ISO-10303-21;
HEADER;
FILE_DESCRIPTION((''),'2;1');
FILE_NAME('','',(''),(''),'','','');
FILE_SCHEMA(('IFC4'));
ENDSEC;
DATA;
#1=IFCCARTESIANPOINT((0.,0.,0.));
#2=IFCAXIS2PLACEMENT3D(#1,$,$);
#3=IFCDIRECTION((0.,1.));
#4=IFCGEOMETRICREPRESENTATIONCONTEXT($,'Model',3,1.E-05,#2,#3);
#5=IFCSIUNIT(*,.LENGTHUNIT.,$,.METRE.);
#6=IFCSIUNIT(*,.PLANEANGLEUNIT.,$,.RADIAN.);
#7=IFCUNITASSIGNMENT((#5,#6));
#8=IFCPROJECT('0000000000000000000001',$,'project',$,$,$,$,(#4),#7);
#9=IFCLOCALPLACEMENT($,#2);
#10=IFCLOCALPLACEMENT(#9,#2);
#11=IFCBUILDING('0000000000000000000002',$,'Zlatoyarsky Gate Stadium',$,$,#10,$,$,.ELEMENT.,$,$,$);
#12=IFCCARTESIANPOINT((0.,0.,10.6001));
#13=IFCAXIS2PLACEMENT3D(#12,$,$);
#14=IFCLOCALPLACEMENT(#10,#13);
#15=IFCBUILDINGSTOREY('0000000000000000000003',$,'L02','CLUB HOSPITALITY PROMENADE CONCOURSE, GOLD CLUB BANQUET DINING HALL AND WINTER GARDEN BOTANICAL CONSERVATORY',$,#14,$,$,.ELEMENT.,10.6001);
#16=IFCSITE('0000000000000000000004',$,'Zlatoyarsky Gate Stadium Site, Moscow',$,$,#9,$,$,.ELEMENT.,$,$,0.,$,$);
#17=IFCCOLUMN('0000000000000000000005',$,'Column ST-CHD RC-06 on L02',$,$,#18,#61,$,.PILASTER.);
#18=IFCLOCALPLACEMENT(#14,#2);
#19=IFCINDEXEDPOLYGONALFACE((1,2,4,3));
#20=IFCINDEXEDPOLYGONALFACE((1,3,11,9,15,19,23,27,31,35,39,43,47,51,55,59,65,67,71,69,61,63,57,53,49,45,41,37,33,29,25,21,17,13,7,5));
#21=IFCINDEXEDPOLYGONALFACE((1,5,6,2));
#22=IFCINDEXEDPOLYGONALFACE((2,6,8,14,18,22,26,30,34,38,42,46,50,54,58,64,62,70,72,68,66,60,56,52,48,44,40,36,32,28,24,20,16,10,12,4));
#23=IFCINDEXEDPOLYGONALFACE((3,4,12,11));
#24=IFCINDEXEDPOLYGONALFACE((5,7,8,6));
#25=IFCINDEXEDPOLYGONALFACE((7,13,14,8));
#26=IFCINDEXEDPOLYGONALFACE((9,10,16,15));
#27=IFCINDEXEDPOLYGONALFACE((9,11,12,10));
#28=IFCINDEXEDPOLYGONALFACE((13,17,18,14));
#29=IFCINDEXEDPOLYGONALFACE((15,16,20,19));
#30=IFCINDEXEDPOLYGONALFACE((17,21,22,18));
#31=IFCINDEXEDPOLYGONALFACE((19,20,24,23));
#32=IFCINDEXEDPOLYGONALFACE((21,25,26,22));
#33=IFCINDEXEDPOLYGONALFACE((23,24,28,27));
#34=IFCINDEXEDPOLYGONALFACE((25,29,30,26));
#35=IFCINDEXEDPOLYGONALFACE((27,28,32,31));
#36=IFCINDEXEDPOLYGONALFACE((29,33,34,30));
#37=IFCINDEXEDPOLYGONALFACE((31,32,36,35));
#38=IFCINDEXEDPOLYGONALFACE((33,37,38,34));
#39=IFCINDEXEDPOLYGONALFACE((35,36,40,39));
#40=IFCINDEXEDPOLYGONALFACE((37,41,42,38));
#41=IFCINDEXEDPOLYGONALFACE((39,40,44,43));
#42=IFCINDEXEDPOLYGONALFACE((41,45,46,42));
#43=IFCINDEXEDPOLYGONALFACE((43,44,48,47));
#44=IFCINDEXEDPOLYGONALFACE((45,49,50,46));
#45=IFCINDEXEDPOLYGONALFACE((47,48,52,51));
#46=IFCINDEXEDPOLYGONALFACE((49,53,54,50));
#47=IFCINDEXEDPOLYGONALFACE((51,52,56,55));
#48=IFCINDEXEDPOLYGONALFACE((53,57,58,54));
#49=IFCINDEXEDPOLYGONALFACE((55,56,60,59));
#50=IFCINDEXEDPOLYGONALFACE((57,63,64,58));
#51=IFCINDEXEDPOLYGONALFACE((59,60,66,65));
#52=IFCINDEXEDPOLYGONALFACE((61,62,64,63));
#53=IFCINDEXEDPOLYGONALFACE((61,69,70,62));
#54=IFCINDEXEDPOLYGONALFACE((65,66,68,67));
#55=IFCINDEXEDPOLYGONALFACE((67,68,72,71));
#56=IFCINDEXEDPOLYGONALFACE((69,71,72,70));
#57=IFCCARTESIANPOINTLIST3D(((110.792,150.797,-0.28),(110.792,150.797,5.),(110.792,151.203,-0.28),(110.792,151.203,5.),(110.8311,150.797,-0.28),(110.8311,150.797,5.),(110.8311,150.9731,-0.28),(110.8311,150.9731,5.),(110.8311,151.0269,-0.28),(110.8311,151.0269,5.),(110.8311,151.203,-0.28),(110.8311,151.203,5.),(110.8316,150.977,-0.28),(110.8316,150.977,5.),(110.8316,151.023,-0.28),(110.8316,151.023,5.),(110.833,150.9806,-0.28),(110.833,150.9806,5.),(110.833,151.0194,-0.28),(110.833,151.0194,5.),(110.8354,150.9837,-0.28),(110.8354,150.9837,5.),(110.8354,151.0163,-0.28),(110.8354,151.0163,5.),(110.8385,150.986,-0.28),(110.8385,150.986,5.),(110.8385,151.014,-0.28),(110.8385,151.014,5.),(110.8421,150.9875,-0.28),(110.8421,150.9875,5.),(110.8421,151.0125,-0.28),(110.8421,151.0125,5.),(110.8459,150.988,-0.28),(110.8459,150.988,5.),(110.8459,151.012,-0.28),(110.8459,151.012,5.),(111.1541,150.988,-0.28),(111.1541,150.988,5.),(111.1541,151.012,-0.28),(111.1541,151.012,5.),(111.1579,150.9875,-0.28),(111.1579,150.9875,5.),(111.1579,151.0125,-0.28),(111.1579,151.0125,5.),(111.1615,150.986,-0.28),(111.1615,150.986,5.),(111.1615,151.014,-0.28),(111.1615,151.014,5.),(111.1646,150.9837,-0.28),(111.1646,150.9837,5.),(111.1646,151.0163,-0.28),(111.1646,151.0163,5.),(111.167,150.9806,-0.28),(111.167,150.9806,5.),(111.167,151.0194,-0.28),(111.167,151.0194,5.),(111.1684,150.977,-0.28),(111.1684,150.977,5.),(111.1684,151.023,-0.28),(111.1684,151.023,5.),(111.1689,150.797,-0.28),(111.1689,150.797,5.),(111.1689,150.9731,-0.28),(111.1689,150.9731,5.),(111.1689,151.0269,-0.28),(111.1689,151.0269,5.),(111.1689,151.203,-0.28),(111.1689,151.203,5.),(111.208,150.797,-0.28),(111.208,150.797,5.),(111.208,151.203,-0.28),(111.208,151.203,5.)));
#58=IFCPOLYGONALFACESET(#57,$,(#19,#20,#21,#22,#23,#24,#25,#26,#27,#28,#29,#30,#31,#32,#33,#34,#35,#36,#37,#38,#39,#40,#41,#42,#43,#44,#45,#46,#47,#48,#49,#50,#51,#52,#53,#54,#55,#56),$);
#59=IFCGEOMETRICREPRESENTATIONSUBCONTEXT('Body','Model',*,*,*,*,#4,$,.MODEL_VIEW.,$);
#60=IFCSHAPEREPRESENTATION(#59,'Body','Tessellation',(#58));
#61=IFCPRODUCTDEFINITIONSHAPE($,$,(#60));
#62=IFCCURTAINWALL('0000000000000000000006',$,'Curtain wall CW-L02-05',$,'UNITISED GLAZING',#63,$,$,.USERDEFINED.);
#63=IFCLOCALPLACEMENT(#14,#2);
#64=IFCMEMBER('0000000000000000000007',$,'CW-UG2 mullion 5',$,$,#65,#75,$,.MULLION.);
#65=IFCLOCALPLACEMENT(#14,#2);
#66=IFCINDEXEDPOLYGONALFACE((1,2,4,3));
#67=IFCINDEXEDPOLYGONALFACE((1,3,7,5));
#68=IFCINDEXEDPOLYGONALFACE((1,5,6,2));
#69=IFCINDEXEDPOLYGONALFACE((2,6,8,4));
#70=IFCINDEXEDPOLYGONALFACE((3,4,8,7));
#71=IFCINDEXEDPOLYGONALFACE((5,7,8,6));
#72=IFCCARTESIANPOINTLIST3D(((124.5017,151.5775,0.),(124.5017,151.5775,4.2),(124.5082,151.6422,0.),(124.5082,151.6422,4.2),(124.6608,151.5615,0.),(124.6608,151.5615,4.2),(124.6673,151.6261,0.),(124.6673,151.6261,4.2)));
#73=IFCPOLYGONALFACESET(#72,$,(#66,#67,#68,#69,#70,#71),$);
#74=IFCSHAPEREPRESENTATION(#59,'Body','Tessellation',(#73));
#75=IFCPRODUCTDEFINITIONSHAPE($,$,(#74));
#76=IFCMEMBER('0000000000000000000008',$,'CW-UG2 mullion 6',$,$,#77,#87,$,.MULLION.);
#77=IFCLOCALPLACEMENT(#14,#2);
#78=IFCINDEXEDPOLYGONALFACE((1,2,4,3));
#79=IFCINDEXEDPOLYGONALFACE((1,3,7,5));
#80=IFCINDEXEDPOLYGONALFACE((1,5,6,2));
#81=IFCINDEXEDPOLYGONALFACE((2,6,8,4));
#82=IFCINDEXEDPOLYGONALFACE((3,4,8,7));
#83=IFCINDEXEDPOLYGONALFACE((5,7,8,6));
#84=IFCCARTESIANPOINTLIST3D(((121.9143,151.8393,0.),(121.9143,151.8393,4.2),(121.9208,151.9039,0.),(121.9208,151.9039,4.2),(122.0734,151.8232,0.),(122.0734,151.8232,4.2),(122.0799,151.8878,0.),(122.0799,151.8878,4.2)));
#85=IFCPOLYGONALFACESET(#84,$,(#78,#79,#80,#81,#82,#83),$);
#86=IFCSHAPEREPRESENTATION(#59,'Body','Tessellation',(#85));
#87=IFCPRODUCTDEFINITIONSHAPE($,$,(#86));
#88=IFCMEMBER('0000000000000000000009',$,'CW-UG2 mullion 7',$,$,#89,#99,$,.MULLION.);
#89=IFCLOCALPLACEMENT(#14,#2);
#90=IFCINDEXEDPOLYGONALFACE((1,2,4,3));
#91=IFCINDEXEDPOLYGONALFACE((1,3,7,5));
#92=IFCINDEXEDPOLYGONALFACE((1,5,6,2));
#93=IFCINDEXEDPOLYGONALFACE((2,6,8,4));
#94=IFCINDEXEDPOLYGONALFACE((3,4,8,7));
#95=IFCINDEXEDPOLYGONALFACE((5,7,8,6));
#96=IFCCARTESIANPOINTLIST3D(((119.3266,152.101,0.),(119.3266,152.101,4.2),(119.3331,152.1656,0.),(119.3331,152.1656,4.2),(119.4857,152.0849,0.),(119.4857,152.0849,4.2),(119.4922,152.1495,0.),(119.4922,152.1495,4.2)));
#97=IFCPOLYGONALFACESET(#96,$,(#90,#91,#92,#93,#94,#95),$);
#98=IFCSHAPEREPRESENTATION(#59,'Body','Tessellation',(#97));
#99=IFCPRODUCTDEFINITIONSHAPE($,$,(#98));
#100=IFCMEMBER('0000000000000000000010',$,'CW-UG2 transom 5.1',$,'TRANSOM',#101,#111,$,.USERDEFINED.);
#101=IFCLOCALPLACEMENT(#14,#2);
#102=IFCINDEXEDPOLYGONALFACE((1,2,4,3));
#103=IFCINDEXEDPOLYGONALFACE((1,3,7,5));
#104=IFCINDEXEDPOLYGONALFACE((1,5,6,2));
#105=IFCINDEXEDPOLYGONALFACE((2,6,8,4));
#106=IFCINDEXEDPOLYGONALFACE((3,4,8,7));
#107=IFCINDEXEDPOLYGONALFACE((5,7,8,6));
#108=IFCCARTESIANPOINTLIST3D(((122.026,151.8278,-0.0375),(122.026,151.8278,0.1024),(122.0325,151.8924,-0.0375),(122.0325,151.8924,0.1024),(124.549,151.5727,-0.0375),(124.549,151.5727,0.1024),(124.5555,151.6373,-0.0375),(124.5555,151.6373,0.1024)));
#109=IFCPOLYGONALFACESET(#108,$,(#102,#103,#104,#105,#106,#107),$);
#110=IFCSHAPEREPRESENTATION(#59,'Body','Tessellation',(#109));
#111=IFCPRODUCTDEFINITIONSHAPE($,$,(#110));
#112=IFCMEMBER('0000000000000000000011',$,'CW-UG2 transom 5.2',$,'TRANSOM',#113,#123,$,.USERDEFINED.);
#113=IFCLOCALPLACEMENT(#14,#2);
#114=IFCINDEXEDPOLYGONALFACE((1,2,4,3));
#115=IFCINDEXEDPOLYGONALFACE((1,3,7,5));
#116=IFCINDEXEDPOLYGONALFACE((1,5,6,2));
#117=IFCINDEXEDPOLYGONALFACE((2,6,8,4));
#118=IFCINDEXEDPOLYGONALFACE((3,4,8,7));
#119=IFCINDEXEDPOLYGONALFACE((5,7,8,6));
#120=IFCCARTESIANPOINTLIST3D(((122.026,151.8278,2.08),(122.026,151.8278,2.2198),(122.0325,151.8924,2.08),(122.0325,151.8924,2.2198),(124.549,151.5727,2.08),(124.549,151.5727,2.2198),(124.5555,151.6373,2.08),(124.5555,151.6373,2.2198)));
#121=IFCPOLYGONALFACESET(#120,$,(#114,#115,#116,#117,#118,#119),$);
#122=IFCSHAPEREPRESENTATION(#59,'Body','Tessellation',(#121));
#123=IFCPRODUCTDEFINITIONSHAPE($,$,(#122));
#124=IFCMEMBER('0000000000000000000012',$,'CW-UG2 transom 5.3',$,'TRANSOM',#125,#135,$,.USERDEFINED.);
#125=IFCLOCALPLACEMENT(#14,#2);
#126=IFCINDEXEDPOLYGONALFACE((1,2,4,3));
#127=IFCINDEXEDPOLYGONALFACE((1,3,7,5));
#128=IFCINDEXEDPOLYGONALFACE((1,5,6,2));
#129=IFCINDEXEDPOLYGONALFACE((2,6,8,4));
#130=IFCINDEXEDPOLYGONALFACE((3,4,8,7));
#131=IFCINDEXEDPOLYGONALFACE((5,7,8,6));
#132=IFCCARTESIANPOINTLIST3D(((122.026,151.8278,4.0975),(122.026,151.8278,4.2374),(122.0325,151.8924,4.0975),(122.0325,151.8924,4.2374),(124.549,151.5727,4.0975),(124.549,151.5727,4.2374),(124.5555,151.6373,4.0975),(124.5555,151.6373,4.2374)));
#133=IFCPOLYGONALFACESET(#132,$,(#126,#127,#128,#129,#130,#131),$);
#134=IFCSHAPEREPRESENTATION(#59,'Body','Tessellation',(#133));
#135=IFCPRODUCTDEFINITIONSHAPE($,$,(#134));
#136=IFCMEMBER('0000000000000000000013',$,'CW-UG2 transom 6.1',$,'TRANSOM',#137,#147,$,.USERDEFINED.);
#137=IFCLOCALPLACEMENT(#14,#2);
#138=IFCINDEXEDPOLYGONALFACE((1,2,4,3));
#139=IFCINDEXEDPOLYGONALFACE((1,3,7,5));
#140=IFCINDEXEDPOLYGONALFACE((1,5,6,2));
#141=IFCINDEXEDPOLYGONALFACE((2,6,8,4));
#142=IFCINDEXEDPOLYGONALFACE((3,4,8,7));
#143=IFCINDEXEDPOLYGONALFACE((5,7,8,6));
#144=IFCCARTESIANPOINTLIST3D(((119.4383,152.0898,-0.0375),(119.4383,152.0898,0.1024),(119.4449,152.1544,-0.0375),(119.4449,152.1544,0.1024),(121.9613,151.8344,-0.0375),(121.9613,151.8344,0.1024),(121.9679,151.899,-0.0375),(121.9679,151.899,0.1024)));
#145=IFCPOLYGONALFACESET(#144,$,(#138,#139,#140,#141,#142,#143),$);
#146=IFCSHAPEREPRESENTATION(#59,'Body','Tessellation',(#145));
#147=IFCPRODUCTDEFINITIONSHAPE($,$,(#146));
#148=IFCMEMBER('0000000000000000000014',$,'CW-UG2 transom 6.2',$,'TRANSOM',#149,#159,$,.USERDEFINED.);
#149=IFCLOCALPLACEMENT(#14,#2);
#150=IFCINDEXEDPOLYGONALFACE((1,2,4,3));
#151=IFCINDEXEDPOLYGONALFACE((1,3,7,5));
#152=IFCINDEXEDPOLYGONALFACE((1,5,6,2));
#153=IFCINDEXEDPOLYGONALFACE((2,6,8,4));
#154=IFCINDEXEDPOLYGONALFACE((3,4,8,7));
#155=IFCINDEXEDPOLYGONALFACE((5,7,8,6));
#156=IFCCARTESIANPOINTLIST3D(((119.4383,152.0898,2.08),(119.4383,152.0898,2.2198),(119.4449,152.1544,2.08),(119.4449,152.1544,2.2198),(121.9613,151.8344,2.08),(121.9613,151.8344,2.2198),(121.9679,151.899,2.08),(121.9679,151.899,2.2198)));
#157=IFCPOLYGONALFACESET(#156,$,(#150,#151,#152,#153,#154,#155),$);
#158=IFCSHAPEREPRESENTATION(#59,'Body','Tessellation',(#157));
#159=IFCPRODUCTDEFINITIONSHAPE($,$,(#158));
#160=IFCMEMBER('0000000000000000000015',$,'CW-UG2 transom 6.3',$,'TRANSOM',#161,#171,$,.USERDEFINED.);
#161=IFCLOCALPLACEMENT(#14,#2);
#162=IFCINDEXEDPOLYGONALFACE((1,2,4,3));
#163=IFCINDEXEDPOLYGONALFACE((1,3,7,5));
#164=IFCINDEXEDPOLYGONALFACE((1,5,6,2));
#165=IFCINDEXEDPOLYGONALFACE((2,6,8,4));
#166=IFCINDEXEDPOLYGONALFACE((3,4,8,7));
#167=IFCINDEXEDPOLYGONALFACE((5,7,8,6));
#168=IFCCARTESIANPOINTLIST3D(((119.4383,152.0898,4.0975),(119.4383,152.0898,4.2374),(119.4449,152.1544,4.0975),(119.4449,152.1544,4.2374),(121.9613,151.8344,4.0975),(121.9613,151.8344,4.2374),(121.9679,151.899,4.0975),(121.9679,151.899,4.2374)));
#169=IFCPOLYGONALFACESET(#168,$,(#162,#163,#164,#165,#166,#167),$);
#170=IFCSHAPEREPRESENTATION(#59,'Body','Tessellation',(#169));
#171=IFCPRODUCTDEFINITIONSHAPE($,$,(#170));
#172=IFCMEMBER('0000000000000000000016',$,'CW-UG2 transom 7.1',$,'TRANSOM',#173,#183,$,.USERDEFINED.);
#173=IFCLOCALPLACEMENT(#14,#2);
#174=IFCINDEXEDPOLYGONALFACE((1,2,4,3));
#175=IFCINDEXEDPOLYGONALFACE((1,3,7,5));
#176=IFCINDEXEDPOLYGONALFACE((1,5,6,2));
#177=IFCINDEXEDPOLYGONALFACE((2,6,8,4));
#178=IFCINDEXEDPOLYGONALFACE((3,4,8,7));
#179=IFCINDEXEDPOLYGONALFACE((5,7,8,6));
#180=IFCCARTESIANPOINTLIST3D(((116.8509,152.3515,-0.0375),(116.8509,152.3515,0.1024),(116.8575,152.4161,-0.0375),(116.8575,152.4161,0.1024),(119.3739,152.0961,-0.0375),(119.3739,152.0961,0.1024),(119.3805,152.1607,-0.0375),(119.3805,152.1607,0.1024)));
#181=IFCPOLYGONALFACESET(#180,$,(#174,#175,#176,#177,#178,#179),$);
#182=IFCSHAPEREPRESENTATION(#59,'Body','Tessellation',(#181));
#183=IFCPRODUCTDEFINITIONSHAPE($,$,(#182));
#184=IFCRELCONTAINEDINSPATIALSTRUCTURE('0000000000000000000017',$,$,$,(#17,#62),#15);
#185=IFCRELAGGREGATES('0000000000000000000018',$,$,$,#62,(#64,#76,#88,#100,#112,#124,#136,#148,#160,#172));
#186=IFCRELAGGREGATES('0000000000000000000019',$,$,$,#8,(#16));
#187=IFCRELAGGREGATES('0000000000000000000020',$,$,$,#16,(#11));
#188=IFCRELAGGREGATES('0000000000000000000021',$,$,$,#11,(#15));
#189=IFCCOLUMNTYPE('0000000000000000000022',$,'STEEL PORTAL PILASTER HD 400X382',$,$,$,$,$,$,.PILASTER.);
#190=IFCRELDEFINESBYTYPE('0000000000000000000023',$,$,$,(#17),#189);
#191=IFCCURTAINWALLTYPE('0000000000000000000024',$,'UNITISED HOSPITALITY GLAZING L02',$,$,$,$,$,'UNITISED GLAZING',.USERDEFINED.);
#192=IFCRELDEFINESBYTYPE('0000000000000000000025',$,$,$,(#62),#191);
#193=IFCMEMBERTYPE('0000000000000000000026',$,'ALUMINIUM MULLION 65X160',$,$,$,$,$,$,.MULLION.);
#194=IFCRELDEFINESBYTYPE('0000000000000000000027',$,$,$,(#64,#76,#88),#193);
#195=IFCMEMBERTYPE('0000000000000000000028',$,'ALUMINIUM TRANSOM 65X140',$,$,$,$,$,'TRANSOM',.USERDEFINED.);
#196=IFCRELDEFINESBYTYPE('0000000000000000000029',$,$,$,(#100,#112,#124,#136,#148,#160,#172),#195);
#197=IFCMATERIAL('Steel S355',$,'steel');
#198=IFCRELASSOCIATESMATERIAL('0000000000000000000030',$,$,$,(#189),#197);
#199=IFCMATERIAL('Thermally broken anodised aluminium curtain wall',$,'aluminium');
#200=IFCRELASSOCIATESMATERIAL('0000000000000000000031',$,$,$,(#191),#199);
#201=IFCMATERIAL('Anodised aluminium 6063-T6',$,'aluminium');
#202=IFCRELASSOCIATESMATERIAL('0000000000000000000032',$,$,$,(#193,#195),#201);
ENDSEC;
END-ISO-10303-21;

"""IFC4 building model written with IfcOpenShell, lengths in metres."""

from ifc_helpers import new_model, si_unit, direction, frame, origin, origin_2d, place, context, subcontext, project, spatial, rectangle, i_section, extrude, material, material_profile, profile_set, type_object, element, aggregate, save


model = new_model("IFC4")

# Units and contexts
model_context = context("Model", 3, precision=1e-05, world=origin(), true_north=direction((0.0, 1.0)))
body_context = subcontext(model_context, "Body", "Model", "MODEL_VIEW")
ifc_project = project(units=[si_unit("LENGTHUNIT", "METRE"), si_unit("PLANEANGLEUNIT", "RADIAN")], contexts=[model_context])

# Site, building, storey
site_placement = place(None, origin())
site = spatial("IfcSite", under=ifc_project, at=site_placement, Name="Zlatoyarsky Gate Stadium Site, Moscow", CompositionType="ELEMENT", RefElevation=0.0)
building_placement = place(site_placement, origin())
building = spatial("IfcBuilding", under=site, at=building_placement, Name="Zlatoyarsky Gate Stadium", CompositionType="ELEMENT")
storey_placement = place(building_placement, frame((0.0, 0.0, 10.6001)))
storey = spatial("IfcBuildingStorey", under=building, at=storey_placement, Name="L02", Description="CLUB HOSPITALITY PROMENADE CONCOURSE, GOLD CLUB BANQUET DINING HALL AND WINTER GARDEN BOTANICAL CONSERVATORY", CompositionType="ELEMENT", Elevation=10.6001)

# Column
ifc_material_1 = material(Name="Steel S355", Category="steel")
ifc_material_profile_1 = material_profile(ifc_material_1, i_section(OverallWidth=0.406, OverallDepth=0.416, WebThickness=0.0239, FlangeThickness=0.0391, FilletRadius=0.0149, at=origin_2d()), Name="HD 400X382")
ifc_profile_set_1 = profile_set([ifc_material_profile_1], Name="Steel S355")
column_type = type_object("IfcColumnType", Name="STEEL PORTAL PILASTER HD 400X382", PredefinedType="PILASTER", material=ifc_profile_set_1)
column_placement = place(storey_placement, frame((111.0, 151.0, -0.28), z_axis=(0.0, 0.0, 1.0), x_axis=(0.0, 1.0, 0.0)))
element("IfcColumn", 1, at=column_placement, inside=storey, type_object=column_type, Name="Column ST-CHD RC-06 on L02", PredefinedType="PILASTER", context=body_context, shape_type="SweptSolid", body=[
    extrude(i_section(OverallWidth=0.406, OverallDepth=0.416, WebThickness=0.0239, FlangeThickness=0.0391, FilletRadius=0.0149, at=origin_2d()), origin(), (0.0, 0.0, 1.0), 5.28),
])

# Curtain wall, members
ifc_material_2 = material(Name="Thermally broken anodised aluminium curtain wall", Category="aluminium")
curtain_wall_type = type_object("IfcCurtainWallType", Name="UNITISED HOSPITALITY GLAZING L02", ElementType="UNITISED GLAZING", PredefinedType="USERDEFINED", material=ifc_material_2)
curtain_wall_placement = place(storey_placement, origin())
curtain_wall = element("IfcCurtainWall", 2, at=curtain_wall_placement, inside=storey, type_object=curtain_wall_type, Name="Curtain wall CW-L02-05", ObjectType="UNITISED GLAZING", PredefinedType="USERDEFINED")
ifc_material_3 = material(Name="Anodised aluminium 6063-T6", Category="aluminium")
ifc_material_profile_2 = material_profile(ifc_material_3, rectangle(XDim=0.0649, YDim=0.1599, at=origin_2d()), Name="ALU 65X160")
ifc_profile_set_2 = profile_set([ifc_material_profile_2], Name="Anodised aluminium 6063-T6")
member_type_1 = type_object("IfcMemberType", Name="ALUMINIUM MULLION 65X160", PredefinedType="MULLION", material=ifc_profile_set_2)
member_1_placement = place(storey_placement, frame((124.5845, 151.6018, 0.0), z_axis=(0.0, 0.0, 1.0), x_axis=(-0.100645, -0.994922, 0.0)))
member_1 = element("IfcMember", 3, at=member_1_placement, type_object=member_type_1, Name="CW-UG2 mullion 5", PredefinedType="MULLION", context=body_context, shape_type="SweptSolid", body=[
    extrude(rectangle(XDim=0.0649, YDim=0.1599, at=origin_2d()), origin(), (0.0, 0.0, 1.0), 4.2),
])
member_2_placement = place(storey_placement, frame((121.9971, 151.8635, 0.0), z_axis=(0.0, 0.0, 1.0), x_axis=(-0.100645, -0.994922, 0.0)))
member_2 = element("IfcMember", 4, at=member_2_placement, type_object=member_type_1, Name="CW-UG2 mullion 6", PredefinedType="MULLION", context=body_context, shape_type="SweptSolid", body=[
    extrude(rectangle(XDim=0.0649, YDim=0.1599, at=origin_2d()), origin(), (0.0, 0.0, 1.0), 4.2),
])
member_3_placement = place(storey_placement, frame((119.4094, 152.1252, 0.0), z_axis=(0.0, 0.0, 1.0), x_axis=(-0.100645, -0.994922, 0.0)))
member_3 = element("IfcMember", 5, at=member_3_placement, type_object=member_type_1, Name="CW-UG2 mullion 7", PredefinedType="MULLION", context=body_context, shape_type="SweptSolid", body=[
    extrude(rectangle(XDim=0.0649, YDim=0.1599, at=origin_2d()), origin(), (0.0, 0.0, 1.0), 4.2),
])
ifc_material_profile_3 = material_profile(ifc_material_3, rectangle(XDim=0.0649, YDim=0.1399, at=origin_2d()), Name="ALU 65X140")
ifc_profile_set_3 = profile_set([ifc_material_profile_3], Name="Anodised aluminium 6063-T6")
member_type_2 = type_object("IfcMemberType", Name="ALUMINIUM TRANSOM 65X140", ElementType="TRANSOM", PredefinedType="USERDEFINED", material=ifc_profile_set_3)
member_4_placement = place(storey_placement, frame((124.5522, 151.605, 0.0325), z_axis=(-0.994926, 0.100609, 0.0), x_axis=(-0.100609, -0.994926, 0.0)))
member_4 = element("IfcMember", 6, at=member_4_placement, type_object=member_type_2, Name="CW-UG2 transom 5.1", ObjectType="TRANSOM", PredefinedType="USERDEFINED", context=body_context, shape_type="SweptSolid", body=[
    extrude(rectangle(XDim=0.0649, YDim=0.1399, at=origin_2d()), origin(), (0.0, 0.0, 1.0), 2.5359),
])
member_5_placement = place(storey_placement, frame((124.5522, 151.605, 2.1499), z_axis=(-0.994926, 0.100609, 0.0), x_axis=(-0.100609, -0.994926, 0.0)))
member_5 = element("IfcMember", 7, at=member_5_placement, type_object=member_type_2, Name="CW-UG2 transom 5.2", ObjectType="TRANSOM", PredefinedType="USERDEFINED", context=body_context, shape_type="SweptSolid", body=[
    extrude(rectangle(XDim=0.0649, YDim=0.1399, at=origin_2d()), origin(), (0.0, 0.0, 1.0), 2.5359),
])
member_6_placement = place(storey_placement, frame((124.5522, 151.605, 4.1675), z_axis=(-0.994926, 0.100609, 0.0), x_axis=(-0.100609, -0.994926, 0.0)))
member_6 = element("IfcMember", 8, at=member_6_placement, type_object=member_type_2, Name="CW-UG2 transom 5.3", ObjectType="TRANSOM", PredefinedType="USERDEFINED", context=body_context, shape_type="SweptSolid", body=[
    extrude(rectangle(XDim=0.0649, YDim=0.1399, at=origin_2d()), origin(), (0.0, 0.0, 1.0), 2.5359),
])
member_7_placement = place(storey_placement, frame((121.9646, 151.8667, 0.0325), z_axis=(-0.994916, 0.100705, 0.0), x_axis=(-0.100705, -0.994916, 0.0)))
member_7 = element("IfcMember", 9, at=member_7_placement, type_object=member_type_2, Name="CW-UG2 transom 6.1", ObjectType="TRANSOM", PredefinedType="USERDEFINED", context=body_context, shape_type="SweptSolid", body=[
    extrude(rectangle(XDim=0.0649, YDim=0.1399, at=origin_2d()), origin(), (0.0, 0.0, 1.0), 2.5359),
])
member_8_placement = place(storey_placement, frame((121.9646, 151.8667, 2.1499), z_axis=(-0.994916, 0.100705, 0.0), x_axis=(-0.100705, -0.994916, 0.0)))
member_8 = element("IfcMember", 10, at=member_8_placement, type_object=member_type_2, Name="CW-UG2 transom 6.2", ObjectType="TRANSOM", PredefinedType="USERDEFINED", context=body_context, shape_type="SweptSolid", body=[
    extrude(rectangle(XDim=0.0649, YDim=0.1399, at=origin_2d()), origin(), (0.0, 0.0, 1.0), 2.5359),
])
member_9_placement = place(storey_placement, frame((121.9646, 151.8667, 4.1675), z_axis=(-0.994916, 0.100705, 0.0), x_axis=(-0.100705, -0.994916, 0.0)))
member_9 = element("IfcMember", 11, at=member_9_placement, type_object=member_type_2, Name="CW-UG2 transom 6.3", ObjectType="TRANSOM", PredefinedType="USERDEFINED", context=body_context, shape_type="SweptSolid", body=[
    extrude(rectangle(XDim=0.0649, YDim=0.1399, at=origin_2d()), origin(), (0.0, 0.0, 1.0), 2.5359),
])
member_10_placement = place(storey_placement, frame((119.3772, 152.1284, 0.0325), z_axis=(-0.994916, 0.100705, 0.0), x_axis=(-0.100705, -0.994916, 0.0)))
member_10 = element("IfcMember", 12, at=member_10_placement, type_object=member_type_2, Name="CW-UG2 transom 7.1", ObjectType="TRANSOM", PredefinedType="USERDEFINED", context=body_context, shape_type="SweptSolid", body=[
    extrude(rectangle(XDim=0.0649, YDim=0.1399, at=origin_2d()), origin(), (0.0, 0.0, 1.0), 2.5359),
])

aggregate(curtain_wall, [member_1, member_2, member_3, member_4, member_5, member_6, member_7, member_8, member_9, member_10])

save(model, "model.ifc")
